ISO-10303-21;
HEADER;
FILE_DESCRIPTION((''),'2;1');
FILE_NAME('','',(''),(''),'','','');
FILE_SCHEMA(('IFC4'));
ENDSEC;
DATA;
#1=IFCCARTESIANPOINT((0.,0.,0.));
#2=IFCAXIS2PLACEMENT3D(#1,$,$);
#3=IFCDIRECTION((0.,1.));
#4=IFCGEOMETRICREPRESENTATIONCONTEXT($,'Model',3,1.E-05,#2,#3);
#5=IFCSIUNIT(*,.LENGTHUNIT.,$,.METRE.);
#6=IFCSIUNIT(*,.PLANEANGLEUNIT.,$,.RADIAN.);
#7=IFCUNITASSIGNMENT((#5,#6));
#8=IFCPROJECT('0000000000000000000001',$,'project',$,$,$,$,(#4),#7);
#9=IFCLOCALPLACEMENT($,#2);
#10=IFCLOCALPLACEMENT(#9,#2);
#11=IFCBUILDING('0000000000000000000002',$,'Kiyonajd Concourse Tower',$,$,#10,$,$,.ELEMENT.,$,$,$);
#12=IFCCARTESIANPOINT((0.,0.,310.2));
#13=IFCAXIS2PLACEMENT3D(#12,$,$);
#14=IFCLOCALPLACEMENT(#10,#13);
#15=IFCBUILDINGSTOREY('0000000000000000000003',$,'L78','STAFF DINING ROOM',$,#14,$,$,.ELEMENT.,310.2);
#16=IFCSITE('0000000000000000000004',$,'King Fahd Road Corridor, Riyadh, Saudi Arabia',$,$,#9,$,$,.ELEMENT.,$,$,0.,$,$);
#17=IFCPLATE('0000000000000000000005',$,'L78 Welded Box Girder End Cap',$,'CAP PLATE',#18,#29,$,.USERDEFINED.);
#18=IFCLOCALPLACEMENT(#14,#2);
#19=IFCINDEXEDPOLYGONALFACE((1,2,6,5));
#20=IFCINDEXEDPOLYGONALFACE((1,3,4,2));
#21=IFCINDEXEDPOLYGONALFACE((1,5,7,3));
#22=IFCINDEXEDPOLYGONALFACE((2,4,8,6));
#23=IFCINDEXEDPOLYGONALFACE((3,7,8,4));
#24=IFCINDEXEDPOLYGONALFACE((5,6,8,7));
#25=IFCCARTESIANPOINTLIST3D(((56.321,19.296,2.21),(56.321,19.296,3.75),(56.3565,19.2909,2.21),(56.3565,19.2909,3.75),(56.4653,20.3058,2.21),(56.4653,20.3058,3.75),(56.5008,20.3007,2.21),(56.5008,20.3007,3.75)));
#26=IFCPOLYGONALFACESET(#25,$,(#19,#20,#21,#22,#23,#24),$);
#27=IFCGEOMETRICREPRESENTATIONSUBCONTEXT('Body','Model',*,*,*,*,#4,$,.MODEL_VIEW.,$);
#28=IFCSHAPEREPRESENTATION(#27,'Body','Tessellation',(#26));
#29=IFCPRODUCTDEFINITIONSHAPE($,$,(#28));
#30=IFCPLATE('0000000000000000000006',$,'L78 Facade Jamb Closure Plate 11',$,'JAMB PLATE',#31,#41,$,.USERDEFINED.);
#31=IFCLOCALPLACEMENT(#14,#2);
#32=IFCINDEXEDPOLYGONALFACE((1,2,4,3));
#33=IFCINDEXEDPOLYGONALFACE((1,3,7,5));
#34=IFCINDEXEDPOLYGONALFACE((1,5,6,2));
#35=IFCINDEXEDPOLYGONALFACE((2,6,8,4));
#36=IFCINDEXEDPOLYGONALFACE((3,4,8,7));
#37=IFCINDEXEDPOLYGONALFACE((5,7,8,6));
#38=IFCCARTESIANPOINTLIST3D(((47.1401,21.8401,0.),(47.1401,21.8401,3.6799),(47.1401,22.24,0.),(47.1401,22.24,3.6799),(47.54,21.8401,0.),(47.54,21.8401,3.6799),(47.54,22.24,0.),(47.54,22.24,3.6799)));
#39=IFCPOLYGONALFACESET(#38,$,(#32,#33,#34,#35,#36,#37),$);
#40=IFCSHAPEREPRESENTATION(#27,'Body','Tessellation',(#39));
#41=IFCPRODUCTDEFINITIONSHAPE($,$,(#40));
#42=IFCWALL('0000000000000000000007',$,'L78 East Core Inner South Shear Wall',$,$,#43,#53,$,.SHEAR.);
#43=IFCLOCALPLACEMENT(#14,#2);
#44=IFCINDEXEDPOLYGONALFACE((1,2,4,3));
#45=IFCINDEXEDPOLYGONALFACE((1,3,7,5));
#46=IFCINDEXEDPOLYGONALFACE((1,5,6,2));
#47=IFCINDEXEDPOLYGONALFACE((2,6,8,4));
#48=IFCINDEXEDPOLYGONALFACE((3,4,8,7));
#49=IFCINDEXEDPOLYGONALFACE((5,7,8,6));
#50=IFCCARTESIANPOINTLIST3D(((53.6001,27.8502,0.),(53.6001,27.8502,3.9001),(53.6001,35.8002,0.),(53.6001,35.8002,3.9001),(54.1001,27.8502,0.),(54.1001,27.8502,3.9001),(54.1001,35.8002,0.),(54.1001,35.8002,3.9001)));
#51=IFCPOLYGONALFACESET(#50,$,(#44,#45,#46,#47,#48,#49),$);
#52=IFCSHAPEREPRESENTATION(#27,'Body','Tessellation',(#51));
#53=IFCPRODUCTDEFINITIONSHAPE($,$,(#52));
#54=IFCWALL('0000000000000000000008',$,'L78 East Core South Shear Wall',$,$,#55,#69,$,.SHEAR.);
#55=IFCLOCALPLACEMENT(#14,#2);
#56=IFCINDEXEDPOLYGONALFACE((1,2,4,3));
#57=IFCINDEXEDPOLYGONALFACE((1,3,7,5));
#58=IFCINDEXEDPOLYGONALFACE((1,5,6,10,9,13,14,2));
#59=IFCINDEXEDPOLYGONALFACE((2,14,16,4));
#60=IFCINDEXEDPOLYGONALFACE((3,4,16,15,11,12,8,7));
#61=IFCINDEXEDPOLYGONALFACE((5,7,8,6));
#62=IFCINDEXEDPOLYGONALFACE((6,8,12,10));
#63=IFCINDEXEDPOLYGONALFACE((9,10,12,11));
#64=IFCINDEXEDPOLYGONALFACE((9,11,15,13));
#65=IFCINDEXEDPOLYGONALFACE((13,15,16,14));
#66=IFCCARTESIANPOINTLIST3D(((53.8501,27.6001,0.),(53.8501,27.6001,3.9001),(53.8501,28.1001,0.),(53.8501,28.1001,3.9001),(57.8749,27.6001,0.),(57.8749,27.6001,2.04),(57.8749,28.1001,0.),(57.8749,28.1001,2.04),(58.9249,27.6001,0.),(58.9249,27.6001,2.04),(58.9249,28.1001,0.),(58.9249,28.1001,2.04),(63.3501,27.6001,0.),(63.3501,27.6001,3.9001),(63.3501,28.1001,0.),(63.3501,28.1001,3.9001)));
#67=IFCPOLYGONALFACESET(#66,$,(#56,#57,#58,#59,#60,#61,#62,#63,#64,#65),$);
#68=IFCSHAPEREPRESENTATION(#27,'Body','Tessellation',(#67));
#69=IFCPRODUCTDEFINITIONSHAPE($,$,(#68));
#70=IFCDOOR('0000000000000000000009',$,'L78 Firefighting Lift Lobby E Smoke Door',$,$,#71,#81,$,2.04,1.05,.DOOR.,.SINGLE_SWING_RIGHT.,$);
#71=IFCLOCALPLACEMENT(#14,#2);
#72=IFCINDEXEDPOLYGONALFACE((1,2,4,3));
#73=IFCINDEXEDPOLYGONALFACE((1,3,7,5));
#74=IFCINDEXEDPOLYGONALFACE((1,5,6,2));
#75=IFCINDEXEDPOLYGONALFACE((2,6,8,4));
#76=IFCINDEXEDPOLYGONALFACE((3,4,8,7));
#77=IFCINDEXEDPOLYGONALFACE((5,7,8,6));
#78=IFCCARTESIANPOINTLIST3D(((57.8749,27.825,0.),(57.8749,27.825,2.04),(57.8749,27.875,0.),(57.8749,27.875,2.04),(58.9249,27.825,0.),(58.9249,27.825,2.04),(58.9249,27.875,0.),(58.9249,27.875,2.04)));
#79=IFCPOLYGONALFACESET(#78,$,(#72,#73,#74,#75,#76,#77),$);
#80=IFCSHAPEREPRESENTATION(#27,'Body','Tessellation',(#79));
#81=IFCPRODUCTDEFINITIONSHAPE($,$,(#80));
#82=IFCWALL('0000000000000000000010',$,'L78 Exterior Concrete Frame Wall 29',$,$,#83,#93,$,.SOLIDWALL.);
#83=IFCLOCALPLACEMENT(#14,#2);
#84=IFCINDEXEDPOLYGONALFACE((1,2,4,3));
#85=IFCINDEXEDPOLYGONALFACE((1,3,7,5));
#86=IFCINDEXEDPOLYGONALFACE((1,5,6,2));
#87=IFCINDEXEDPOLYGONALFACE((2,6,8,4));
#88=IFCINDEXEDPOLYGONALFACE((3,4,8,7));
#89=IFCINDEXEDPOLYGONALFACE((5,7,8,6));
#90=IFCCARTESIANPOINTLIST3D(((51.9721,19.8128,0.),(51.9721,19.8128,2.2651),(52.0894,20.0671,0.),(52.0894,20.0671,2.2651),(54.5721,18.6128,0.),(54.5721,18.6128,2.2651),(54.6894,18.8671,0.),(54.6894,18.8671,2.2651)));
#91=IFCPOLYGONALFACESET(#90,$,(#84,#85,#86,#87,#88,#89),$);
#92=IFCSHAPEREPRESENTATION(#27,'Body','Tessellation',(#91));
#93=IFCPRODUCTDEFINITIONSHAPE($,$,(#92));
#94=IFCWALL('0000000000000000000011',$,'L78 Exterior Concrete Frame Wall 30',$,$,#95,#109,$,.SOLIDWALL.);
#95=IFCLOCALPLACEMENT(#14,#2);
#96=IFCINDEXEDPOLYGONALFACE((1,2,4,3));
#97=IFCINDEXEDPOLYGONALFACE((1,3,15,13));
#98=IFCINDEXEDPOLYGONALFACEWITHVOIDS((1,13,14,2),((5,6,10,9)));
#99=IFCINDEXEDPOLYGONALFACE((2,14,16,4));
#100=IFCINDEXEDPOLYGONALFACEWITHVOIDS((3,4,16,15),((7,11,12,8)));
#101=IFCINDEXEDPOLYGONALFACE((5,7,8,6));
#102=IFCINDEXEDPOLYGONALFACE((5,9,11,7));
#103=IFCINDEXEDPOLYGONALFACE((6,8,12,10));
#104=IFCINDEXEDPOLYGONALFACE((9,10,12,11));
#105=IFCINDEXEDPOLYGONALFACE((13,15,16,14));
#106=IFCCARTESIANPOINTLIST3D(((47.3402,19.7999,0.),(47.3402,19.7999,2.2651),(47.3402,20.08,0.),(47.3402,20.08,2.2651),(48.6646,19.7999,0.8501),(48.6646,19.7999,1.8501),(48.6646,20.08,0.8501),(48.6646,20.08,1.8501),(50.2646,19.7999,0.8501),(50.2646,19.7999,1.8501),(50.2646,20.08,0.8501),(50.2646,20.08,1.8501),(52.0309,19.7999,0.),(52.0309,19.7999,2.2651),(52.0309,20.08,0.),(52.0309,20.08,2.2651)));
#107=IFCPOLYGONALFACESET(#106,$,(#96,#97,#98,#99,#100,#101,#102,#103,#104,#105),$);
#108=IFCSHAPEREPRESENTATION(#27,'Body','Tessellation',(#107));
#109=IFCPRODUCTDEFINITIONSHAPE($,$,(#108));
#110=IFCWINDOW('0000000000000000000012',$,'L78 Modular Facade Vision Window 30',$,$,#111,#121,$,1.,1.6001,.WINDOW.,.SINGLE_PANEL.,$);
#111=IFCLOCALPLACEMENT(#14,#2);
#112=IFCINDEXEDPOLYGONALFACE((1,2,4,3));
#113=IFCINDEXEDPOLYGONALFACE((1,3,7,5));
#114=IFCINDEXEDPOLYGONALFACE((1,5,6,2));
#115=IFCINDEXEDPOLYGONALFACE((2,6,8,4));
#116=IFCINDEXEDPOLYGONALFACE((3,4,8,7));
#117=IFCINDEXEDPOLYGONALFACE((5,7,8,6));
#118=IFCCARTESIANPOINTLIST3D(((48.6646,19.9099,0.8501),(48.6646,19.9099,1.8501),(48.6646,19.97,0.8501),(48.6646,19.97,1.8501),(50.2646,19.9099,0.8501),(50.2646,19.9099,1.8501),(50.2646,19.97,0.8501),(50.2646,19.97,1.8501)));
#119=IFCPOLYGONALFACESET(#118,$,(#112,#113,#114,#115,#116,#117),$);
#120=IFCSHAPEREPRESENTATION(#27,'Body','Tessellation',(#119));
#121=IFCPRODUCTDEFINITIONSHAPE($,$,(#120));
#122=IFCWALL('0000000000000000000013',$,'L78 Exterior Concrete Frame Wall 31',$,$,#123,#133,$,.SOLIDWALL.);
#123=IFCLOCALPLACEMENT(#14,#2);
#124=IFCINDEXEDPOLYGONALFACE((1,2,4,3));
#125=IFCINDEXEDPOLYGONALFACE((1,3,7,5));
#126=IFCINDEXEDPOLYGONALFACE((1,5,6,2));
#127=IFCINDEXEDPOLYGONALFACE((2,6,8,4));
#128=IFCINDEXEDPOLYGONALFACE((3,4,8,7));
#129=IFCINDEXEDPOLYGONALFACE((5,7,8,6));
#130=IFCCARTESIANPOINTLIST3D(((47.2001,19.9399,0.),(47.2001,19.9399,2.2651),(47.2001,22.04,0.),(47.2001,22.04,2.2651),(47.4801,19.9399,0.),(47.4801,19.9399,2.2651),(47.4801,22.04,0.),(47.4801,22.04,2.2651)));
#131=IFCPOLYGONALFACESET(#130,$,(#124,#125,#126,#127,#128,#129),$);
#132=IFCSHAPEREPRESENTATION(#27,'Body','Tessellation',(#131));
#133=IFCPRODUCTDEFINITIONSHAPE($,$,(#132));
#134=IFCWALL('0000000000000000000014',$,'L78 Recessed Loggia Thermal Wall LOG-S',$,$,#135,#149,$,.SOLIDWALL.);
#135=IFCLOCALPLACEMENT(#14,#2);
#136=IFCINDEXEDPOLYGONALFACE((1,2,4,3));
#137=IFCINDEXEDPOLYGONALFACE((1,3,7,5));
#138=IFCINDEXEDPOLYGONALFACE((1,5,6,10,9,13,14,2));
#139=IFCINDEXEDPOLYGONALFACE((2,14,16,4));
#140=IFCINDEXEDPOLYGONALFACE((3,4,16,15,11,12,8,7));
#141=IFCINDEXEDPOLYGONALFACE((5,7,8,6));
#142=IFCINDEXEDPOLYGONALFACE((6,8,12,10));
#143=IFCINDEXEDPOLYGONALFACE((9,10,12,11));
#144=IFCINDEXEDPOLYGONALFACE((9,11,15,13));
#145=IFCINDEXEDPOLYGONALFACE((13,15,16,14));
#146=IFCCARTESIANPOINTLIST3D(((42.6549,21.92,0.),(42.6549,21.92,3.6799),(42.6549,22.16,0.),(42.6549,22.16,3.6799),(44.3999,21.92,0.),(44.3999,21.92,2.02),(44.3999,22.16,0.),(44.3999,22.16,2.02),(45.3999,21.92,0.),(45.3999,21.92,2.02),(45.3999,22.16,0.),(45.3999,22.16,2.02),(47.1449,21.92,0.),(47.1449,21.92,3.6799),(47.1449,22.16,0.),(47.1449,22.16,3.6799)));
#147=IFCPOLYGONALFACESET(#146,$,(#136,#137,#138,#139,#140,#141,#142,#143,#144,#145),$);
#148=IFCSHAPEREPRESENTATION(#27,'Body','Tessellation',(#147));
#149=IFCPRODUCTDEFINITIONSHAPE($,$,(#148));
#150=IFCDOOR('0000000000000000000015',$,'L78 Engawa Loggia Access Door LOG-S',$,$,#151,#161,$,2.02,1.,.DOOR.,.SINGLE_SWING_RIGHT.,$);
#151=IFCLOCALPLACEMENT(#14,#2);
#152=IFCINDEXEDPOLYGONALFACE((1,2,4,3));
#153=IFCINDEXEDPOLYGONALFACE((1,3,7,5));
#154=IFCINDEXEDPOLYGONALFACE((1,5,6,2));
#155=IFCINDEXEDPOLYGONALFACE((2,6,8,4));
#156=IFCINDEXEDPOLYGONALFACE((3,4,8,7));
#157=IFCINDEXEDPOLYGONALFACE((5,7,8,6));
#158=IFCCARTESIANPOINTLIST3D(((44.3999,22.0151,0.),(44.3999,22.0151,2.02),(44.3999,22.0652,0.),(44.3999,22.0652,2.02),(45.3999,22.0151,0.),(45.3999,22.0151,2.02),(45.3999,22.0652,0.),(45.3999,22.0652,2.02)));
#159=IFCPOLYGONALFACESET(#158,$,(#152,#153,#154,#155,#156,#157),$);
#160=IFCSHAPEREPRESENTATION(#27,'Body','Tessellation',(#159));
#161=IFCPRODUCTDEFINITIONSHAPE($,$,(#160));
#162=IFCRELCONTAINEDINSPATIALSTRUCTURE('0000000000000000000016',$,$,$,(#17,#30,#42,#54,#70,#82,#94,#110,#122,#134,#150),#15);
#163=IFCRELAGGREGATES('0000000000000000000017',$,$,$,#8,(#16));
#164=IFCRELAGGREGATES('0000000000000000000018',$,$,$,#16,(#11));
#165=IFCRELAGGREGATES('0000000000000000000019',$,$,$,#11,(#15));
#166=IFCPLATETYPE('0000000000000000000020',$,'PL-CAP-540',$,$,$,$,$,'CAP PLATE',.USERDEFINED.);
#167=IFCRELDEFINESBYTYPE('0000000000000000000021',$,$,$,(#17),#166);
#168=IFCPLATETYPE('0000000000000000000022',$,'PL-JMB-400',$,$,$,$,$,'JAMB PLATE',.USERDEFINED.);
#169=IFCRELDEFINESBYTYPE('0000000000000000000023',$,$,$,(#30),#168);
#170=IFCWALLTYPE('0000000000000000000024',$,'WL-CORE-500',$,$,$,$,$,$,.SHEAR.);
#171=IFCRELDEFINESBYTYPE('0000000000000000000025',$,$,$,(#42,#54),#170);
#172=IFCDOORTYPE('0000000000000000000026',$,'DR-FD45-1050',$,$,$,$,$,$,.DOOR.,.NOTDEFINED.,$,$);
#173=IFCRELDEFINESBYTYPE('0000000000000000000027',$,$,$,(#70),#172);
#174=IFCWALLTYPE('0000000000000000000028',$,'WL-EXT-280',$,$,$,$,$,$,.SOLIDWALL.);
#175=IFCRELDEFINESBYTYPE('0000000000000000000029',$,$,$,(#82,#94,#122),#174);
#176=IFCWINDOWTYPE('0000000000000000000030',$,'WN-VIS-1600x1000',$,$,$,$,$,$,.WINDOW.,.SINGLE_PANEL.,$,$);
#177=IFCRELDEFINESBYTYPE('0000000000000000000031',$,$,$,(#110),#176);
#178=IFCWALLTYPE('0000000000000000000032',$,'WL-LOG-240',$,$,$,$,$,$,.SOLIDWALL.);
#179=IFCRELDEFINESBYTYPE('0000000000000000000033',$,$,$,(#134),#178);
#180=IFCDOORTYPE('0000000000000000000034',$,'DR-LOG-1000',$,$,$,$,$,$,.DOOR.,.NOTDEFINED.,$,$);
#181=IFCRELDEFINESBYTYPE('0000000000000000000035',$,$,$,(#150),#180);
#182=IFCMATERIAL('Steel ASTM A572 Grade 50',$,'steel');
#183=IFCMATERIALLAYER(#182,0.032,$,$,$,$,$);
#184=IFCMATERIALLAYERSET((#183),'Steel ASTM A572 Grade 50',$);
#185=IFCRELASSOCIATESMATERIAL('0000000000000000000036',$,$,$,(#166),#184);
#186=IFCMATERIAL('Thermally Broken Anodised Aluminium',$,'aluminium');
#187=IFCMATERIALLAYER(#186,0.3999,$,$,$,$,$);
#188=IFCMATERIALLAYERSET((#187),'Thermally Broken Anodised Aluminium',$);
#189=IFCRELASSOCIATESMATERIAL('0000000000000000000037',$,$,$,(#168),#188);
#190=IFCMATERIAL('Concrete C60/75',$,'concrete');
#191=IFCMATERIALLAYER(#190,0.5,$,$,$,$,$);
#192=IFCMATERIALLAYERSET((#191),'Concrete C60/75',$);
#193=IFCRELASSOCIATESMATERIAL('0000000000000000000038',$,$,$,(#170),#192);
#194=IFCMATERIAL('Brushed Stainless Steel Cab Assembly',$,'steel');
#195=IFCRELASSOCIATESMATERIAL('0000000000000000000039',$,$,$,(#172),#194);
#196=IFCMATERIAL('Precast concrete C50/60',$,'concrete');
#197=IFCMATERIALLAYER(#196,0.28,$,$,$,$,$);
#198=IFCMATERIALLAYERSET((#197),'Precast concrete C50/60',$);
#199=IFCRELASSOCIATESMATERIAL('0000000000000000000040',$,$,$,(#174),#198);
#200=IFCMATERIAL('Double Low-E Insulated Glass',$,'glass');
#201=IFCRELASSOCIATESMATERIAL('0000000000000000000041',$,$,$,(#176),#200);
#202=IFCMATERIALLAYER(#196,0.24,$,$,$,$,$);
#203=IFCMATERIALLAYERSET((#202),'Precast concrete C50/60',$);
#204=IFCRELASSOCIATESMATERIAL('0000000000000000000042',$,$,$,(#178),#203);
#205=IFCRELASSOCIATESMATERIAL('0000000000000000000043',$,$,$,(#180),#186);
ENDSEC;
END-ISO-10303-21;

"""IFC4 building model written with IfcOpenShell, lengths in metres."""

from ifc_helpers import new_model, si_unit, direction, frame, frame_2d, origin, origin_2d, place, context, subcontext, project, spatial, rectangle, extrude, material, layer, layer_set, type_object, element, fill, save


model = new_model("IFC4")

# Units and contexts
model_context = context("Model", 3, precision=1e-05, world=origin(), true_north=direction((0.0, 1.0)))
body_context = subcontext(model_context, "Body", "Model", "MODEL_VIEW")
ifc_project = project(units=[si_unit("LENGTHUNIT", "METRE"), si_unit("PLANEANGLEUNIT", "RADIAN")], contexts=[model_context])

# Site, building, storey
site_placement = place(None, origin())
site = spatial("IfcSite", under=ifc_project, at=site_placement, Name="King Fahd Road Corridor, Riyadh, Saudi Arabia", CompositionType="ELEMENT", RefElevation=0.0)
building_placement = place(site_placement, origin())
building = spatial("IfcBuilding", under=site, at=building_placement, Name="Kiyonajd Concourse Tower", CompositionType="ELEMENT")
storey_placement = place(building_placement, frame((0.0, 0.0, 310.2)))
storey = spatial("IfcBuildingStorey", under=building, at=storey_placement, Name="L78", Description="STAFF DINING ROOM", CompositionType="ELEMENT", Elevation=310.2)

# Shared definitions
ifc_material_1 = material(Name="Concrete C60/75", Category="concrete")

# Shared definitions
ifc_material_2 = material(Name="Steel ASTM A572 Grade 50", Category="steel")

# Plates
ifc_layer_1 = layer(ifc_material_2, 0.032)
ifc_layer_set_1 = layer_set([ifc_layer_1], Name="Steel ASTM A572 Grade 50")
plate_type_1 = type_object("IfcPlateType", Name="PL-CAP-540", ElementType="CAP PLATE", PredefinedType="USERDEFINED", material=ifc_layer_set_1)
for number, where, z_axis, x_axis, name in (
    (1, (56.4109, 19.7983, 2.21), (0.0, 0.0, 1.0), (0.98995, -0.14142, 0.0), "L78 Welded Box Girder End Cap"),
):
    element("IfcPlate", number, at=place(storey_placement, frame(where, z_axis=z_axis, x_axis=x_axis)), inside=storey, type_object=plate_type_1, Name=name, ObjectType="CAP PLATE", PredefinedType="USERDEFINED", context=body_context, shape_type="SweptSolid", body=[
        extrude(rectangle(XDim=0.0359, YDim=1.02, at=origin_2d()), origin(), (0.0, 0.0, 1.0), 1.54),
    ])
ifc_material_3 = material(Name="Thermally Broken Anodised Aluminium", Category="aluminium")
ifc_layer_2 = layer(ifc_material_3, 0.3999)
ifc_layer_set_2 = layer_set([ifc_layer_2], Name="Thermally Broken Anodised Aluminium")
plate_type_2 = type_object("IfcPlateType", Name="PL-JMB-400", ElementType="JAMB PLATE", PredefinedType="USERDEFINED", material=ifc_layer_set_2)
plate_placement = place(storey_placement, frame((47.3401, 22.04, 0.0), z_axis=(0.0, 0.0, 1.0), x_axis=(1.0, 0.0, 0.0)))
element("IfcPlate", 2, at=plate_placement, inside=storey, type_object=plate_type_2, Name="L78 Facade Jamb Closure Plate 11", ObjectType="JAMB PLATE", PredefinedType="USERDEFINED", context=body_context, shape_type="SweptSolid", body=[
    extrude(rectangle(XDim=0.3999, YDim=0.3999, at=origin_2d()), origin(), (0.0, 0.0, 1.0), 3.6799),
])

# Wall
ifc_layer_3 = layer(ifc_material_1, 0.5)
ifc_layer_set_3 = layer_set([ifc_layer_3], Name="Concrete C60/75")
wall_type_1 = type_object("IfcWallType", Name="WL-CORE-500", PredefinedType="SHEAR", material=ifc_layer_set_3)
wall_1_placement = place(storey_placement, frame((53.8501, 27.8501, 0.0), z_axis=(0.0, 0.0, 1.0), x_axis=(0.0, 1.0, 0.0)))
element("IfcWall", 3, at=wall_1_placement, inside=storey, type_object=wall_type_1, Name="L78 East Core Inner South Shear Wall", PredefinedType="SHEAR", context=body_context, shape_type="SweptSolid", body=[
    extrude(rectangle(XDim=7.95, YDim=0.5, at=frame_2d((3.9751, 0.0))), origin(), (0.0, 0.0, 1.0), 3.9001),
])

# Wall, opening, door
wall_2_placement = place(storey_placement, frame((53.8501, 27.8501, 0.0), z_axis=(0.0, 0.0, 1.0), x_axis=(1.0, 0.0, 0.0)))
wall_2 = element("IfcWall", 4, at=wall_2_placement, inside=storey, type_object=wall_type_1, Name="L78 East Core South Shear Wall", PredefinedType="SHEAR", context=body_context, shape_type="SweptSolid", body=[
    extrude(rectangle(XDim=9.5, YDim=0.5, at=frame_2d((4.75, 0.0))), origin(), (0.0, 0.0, 1.0), 3.9001),
])
opening_1_placement = place(wall_2_placement, frame((4.0249, 0.0, 0.0)))
opening_1 = element("IfcOpeningElement", 5, at=opening_1_placement, cuts=wall_2, PredefinedType="OPENING", context=body_context, shape_type="SweptSolid", body=[
    extrude(rectangle(XDim=1.05, YDim=2.04, at=frame_2d((0.5249, 1.02))), frame((0.0, 0.26, 0.0), z_axis=(0.0, -1.0, 0.0), x_axis=(1.0, 0.0, 0.0)), (0.0, 0.0, 1.0), 0.52),
])
ifc_material_4 = material(Name="Brushed Stainless Steel Cab Assembly", Category="steel")
door_type_1 = type_object("IfcDoorType", Name="DR-FD45-1050", OperationType="NOTDEFINED", PredefinedType="DOOR", material=ifc_material_4)
door_1_placement = place(opening_1_placement, origin())
door_1 = element("IfcDoor", 6, at=door_1_placement, inside=storey, type_object=door_type_1, Name="L78 Firefighting Lift Lobby E Smoke Door", OperationType="SINGLE_SWING_RIGHT", OverallHeight=2.04, OverallWidth=1.05, PredefinedType="DOOR", context=body_context, shape_type="SweptSolid", body=[
    extrude(rectangle(XDim=1.05, YDim=2.04, at=frame_2d((0.5249, 1.02))), frame((0.0, 0.0249, 0.0), z_axis=(0.0, -1.0, 0.0), x_axis=(1.0, 0.0, 0.0)), (0.0, 0.0, 1.0), 0.05),
])
fill(opening_1, door_1)

# Wall
ifc_material_5 = material(Name="Precast concrete C50/60", Category="concrete")
ifc_layer_4 = layer(ifc_material_5, 0.28)
ifc_layer_set_4 = layer_set([ifc_layer_4], Name="Precast concrete C50/60")
wall_type_2 = type_object("IfcWallType", Name="WL-EXT-280", PredefinedType="SOLIDWALL", material=ifc_layer_set_4)
wall_3_placement = place(storey_placement, frame((54.6306, 18.74, 0.0), z_axis=(0.0, 0.0, 1.0), x_axis=(-0.907957, 0.419064, 0.0)))
element("IfcWall", 7, at=wall_3_placement, inside=storey, type_object=wall_type_2, Name="L78 Exterior Concrete Frame Wall 29", PredefinedType="SOLIDWALL", context=body_context, shape_type="SweptSolid", body=[
    extrude(rectangle(XDim=2.8635, YDim=0.28, at=frame_2d((1.4316, 0.0))), origin(), (0.0, 0.0, 1.0), 2.2651),
])

# Wall, opening, window
wall_4_placement = place(storey_placement, frame((52.0308, 19.9399, 0.0), z_axis=(0.0, 0.0, 1.0), x_axis=(-1.0, 0.0, 0.0)))
wall_4 = element("IfcWall", 8, at=wall_4_placement, inside=storey, type_object=wall_type_2, Name="L78 Exterior Concrete Frame Wall 30", PredefinedType="SOLIDWALL", context=body_context, shape_type="SweptSolid", body=[
    extrude(rectangle(XDim=4.6907, YDim=0.28, at=frame_2d((2.3452, 0.0))), origin(), (0.0, 0.0, 1.0), 2.2651),
])
opening_2_placement = place(wall_4_placement, frame((1.7661, 0.0, 0.8501)))
opening_2 = element("IfcOpeningElement", 9, at=opening_2_placement, cuts=wall_4, PredefinedType="OPENING", context=body_context, shape_type="SweptSolid", body=[
    extrude(rectangle(XDim=1.6001, YDim=1.0, at=frame_2d((0.8, 0.5))), frame((0.0, 0.1499, 0.0), z_axis=(0.0, -1.0, 0.0), x_axis=(1.0, 0.0, 0.0)), (0.0, 0.0, 1.0), 0.3),
])
ifc_material_6 = material(Name="Double Low-E Insulated Glass", Category="glass")
window_type = type_object("IfcWindowType", Name="WN-VIS-1600x1000", PartitioningType="SINGLE_PANEL", PredefinedType="WINDOW", material=ifc_material_6)
window_placement = place(opening_2_placement, origin())
window = element("IfcWindow", 10, at=window_placement, inside=storey, type_object=window_type, Name="L78 Modular Facade Vision Window 30", OverallHeight=1.0, OverallWidth=1.6001, PartitioningType="SINGLE_PANEL", PredefinedType="WINDOW", context=body_context, shape_type="SweptSolid", body=[
    extrude(rectangle(XDim=1.6001, YDim=1.0, at=frame_2d((0.8, 0.5))), frame((0.0, 0.03, 0.0), z_axis=(0.0, -1.0, 0.0), x_axis=(1.0, 0.0, 0.0)), (0.0, 0.0, 1.0), 0.0601),
])
fill(opening_2, window)

# Wall
wall_5_placement = place(storey_placement, frame((47.3401, 19.9399, 0.0), z_axis=(0.0, 0.0, 1.0), x_axis=(0.0, 1.0, 0.0)))
element("IfcWall", 11, at=wall_5_placement, inside=storey, type_object=wall_type_2, Name="L78 Exterior Concrete Frame Wall 31", PredefinedType="SOLIDWALL", context=body_context, shape_type="SweptSolid", body=[
    extrude(rectangle(XDim=2.1001, YDim=0.28, at=frame_2d((1.05, 0.0))), origin(), (0.0, 0.0, 1.0), 2.2651),
])

# Wall, opening, door
ifc_layer_5 = layer(ifc_material_5, 0.24)
ifc_layer_set_5 = layer_set([ifc_layer_5], Name="Precast concrete C50/60")
wall_type_3 = type_object("IfcWallType", Name="WL-LOG-240", PredefinedType="SOLIDWALL", material=ifc_layer_set_5)
wall_6_placement = place(storey_placement, frame((47.145, 22.04, 0.0), z_axis=(0.0, 0.0, 1.0), x_axis=(-1.0, 0.0, 0.0)))
wall_6 = element("IfcWall", 12, at=wall_6_placement, inside=storey, type_object=wall_type_3, Name="L78 Recessed Loggia Thermal Wall LOG-S", PredefinedType="SOLIDWALL", context=body_context, shape_type="SweptSolid", body=[
    extrude(rectangle(XDim=4.49, YDim=0.24, at=frame_2d((2.2451, 0.0))), origin(), (0.0, 0.0, 1.0), 3.6799),
])
opening_3_placement = place(wall_6_placement, frame((1.7451, 0.0, 0.0)))
opening_3 = element("IfcOpeningElement", 13, at=opening_3_placement, cuts=wall_6, PredefinedType="OPENING", context=body_context, shape_type="SweptSolid", body=[
    extrude(rectangle(XDim=1.0, YDim=2.02, at=frame_2d((0.5, 1.01))), frame((0.0, 0.1299, 0.0), z_axis=(0.0, -1.0, 0.0), x_axis=(1.0, 0.0, 0.0)), (0.0, 0.0, 1.0), 0.26),
])
door_type_2 = type_object("IfcDoorType", Name="DR-LOG-1000", OperationType="NOTDEFINED", PredefinedType="DOOR", material=ifc_material_3)
door_2_placement = place(opening_3_placement, origin())
door_2 = element("IfcDoor", 14, at=door_2_placement, inside=storey, type_object=door_type_2, Name="L78 Engawa Loggia Access Door LOG-S", OperationType="SINGLE_SWING_RIGHT", OverallHeight=2.02, OverallWidth=1.0, PredefinedType="DOOR", context=body_context, shape_type="SweptSolid", body=[
    extrude(rectangle(XDim=1.0, YDim=2.02, at=frame_2d((0.5, 1.01))), frame((0.0, 0.0249, 0.0), z_axis=(0.0, -1.0, 0.0), x_axis=(1.0, 0.0, 0.0)), (0.0, 0.0, 1.0), 0.05),
])
fill(opening_3, door_2)

save(model, "model.ifc")
